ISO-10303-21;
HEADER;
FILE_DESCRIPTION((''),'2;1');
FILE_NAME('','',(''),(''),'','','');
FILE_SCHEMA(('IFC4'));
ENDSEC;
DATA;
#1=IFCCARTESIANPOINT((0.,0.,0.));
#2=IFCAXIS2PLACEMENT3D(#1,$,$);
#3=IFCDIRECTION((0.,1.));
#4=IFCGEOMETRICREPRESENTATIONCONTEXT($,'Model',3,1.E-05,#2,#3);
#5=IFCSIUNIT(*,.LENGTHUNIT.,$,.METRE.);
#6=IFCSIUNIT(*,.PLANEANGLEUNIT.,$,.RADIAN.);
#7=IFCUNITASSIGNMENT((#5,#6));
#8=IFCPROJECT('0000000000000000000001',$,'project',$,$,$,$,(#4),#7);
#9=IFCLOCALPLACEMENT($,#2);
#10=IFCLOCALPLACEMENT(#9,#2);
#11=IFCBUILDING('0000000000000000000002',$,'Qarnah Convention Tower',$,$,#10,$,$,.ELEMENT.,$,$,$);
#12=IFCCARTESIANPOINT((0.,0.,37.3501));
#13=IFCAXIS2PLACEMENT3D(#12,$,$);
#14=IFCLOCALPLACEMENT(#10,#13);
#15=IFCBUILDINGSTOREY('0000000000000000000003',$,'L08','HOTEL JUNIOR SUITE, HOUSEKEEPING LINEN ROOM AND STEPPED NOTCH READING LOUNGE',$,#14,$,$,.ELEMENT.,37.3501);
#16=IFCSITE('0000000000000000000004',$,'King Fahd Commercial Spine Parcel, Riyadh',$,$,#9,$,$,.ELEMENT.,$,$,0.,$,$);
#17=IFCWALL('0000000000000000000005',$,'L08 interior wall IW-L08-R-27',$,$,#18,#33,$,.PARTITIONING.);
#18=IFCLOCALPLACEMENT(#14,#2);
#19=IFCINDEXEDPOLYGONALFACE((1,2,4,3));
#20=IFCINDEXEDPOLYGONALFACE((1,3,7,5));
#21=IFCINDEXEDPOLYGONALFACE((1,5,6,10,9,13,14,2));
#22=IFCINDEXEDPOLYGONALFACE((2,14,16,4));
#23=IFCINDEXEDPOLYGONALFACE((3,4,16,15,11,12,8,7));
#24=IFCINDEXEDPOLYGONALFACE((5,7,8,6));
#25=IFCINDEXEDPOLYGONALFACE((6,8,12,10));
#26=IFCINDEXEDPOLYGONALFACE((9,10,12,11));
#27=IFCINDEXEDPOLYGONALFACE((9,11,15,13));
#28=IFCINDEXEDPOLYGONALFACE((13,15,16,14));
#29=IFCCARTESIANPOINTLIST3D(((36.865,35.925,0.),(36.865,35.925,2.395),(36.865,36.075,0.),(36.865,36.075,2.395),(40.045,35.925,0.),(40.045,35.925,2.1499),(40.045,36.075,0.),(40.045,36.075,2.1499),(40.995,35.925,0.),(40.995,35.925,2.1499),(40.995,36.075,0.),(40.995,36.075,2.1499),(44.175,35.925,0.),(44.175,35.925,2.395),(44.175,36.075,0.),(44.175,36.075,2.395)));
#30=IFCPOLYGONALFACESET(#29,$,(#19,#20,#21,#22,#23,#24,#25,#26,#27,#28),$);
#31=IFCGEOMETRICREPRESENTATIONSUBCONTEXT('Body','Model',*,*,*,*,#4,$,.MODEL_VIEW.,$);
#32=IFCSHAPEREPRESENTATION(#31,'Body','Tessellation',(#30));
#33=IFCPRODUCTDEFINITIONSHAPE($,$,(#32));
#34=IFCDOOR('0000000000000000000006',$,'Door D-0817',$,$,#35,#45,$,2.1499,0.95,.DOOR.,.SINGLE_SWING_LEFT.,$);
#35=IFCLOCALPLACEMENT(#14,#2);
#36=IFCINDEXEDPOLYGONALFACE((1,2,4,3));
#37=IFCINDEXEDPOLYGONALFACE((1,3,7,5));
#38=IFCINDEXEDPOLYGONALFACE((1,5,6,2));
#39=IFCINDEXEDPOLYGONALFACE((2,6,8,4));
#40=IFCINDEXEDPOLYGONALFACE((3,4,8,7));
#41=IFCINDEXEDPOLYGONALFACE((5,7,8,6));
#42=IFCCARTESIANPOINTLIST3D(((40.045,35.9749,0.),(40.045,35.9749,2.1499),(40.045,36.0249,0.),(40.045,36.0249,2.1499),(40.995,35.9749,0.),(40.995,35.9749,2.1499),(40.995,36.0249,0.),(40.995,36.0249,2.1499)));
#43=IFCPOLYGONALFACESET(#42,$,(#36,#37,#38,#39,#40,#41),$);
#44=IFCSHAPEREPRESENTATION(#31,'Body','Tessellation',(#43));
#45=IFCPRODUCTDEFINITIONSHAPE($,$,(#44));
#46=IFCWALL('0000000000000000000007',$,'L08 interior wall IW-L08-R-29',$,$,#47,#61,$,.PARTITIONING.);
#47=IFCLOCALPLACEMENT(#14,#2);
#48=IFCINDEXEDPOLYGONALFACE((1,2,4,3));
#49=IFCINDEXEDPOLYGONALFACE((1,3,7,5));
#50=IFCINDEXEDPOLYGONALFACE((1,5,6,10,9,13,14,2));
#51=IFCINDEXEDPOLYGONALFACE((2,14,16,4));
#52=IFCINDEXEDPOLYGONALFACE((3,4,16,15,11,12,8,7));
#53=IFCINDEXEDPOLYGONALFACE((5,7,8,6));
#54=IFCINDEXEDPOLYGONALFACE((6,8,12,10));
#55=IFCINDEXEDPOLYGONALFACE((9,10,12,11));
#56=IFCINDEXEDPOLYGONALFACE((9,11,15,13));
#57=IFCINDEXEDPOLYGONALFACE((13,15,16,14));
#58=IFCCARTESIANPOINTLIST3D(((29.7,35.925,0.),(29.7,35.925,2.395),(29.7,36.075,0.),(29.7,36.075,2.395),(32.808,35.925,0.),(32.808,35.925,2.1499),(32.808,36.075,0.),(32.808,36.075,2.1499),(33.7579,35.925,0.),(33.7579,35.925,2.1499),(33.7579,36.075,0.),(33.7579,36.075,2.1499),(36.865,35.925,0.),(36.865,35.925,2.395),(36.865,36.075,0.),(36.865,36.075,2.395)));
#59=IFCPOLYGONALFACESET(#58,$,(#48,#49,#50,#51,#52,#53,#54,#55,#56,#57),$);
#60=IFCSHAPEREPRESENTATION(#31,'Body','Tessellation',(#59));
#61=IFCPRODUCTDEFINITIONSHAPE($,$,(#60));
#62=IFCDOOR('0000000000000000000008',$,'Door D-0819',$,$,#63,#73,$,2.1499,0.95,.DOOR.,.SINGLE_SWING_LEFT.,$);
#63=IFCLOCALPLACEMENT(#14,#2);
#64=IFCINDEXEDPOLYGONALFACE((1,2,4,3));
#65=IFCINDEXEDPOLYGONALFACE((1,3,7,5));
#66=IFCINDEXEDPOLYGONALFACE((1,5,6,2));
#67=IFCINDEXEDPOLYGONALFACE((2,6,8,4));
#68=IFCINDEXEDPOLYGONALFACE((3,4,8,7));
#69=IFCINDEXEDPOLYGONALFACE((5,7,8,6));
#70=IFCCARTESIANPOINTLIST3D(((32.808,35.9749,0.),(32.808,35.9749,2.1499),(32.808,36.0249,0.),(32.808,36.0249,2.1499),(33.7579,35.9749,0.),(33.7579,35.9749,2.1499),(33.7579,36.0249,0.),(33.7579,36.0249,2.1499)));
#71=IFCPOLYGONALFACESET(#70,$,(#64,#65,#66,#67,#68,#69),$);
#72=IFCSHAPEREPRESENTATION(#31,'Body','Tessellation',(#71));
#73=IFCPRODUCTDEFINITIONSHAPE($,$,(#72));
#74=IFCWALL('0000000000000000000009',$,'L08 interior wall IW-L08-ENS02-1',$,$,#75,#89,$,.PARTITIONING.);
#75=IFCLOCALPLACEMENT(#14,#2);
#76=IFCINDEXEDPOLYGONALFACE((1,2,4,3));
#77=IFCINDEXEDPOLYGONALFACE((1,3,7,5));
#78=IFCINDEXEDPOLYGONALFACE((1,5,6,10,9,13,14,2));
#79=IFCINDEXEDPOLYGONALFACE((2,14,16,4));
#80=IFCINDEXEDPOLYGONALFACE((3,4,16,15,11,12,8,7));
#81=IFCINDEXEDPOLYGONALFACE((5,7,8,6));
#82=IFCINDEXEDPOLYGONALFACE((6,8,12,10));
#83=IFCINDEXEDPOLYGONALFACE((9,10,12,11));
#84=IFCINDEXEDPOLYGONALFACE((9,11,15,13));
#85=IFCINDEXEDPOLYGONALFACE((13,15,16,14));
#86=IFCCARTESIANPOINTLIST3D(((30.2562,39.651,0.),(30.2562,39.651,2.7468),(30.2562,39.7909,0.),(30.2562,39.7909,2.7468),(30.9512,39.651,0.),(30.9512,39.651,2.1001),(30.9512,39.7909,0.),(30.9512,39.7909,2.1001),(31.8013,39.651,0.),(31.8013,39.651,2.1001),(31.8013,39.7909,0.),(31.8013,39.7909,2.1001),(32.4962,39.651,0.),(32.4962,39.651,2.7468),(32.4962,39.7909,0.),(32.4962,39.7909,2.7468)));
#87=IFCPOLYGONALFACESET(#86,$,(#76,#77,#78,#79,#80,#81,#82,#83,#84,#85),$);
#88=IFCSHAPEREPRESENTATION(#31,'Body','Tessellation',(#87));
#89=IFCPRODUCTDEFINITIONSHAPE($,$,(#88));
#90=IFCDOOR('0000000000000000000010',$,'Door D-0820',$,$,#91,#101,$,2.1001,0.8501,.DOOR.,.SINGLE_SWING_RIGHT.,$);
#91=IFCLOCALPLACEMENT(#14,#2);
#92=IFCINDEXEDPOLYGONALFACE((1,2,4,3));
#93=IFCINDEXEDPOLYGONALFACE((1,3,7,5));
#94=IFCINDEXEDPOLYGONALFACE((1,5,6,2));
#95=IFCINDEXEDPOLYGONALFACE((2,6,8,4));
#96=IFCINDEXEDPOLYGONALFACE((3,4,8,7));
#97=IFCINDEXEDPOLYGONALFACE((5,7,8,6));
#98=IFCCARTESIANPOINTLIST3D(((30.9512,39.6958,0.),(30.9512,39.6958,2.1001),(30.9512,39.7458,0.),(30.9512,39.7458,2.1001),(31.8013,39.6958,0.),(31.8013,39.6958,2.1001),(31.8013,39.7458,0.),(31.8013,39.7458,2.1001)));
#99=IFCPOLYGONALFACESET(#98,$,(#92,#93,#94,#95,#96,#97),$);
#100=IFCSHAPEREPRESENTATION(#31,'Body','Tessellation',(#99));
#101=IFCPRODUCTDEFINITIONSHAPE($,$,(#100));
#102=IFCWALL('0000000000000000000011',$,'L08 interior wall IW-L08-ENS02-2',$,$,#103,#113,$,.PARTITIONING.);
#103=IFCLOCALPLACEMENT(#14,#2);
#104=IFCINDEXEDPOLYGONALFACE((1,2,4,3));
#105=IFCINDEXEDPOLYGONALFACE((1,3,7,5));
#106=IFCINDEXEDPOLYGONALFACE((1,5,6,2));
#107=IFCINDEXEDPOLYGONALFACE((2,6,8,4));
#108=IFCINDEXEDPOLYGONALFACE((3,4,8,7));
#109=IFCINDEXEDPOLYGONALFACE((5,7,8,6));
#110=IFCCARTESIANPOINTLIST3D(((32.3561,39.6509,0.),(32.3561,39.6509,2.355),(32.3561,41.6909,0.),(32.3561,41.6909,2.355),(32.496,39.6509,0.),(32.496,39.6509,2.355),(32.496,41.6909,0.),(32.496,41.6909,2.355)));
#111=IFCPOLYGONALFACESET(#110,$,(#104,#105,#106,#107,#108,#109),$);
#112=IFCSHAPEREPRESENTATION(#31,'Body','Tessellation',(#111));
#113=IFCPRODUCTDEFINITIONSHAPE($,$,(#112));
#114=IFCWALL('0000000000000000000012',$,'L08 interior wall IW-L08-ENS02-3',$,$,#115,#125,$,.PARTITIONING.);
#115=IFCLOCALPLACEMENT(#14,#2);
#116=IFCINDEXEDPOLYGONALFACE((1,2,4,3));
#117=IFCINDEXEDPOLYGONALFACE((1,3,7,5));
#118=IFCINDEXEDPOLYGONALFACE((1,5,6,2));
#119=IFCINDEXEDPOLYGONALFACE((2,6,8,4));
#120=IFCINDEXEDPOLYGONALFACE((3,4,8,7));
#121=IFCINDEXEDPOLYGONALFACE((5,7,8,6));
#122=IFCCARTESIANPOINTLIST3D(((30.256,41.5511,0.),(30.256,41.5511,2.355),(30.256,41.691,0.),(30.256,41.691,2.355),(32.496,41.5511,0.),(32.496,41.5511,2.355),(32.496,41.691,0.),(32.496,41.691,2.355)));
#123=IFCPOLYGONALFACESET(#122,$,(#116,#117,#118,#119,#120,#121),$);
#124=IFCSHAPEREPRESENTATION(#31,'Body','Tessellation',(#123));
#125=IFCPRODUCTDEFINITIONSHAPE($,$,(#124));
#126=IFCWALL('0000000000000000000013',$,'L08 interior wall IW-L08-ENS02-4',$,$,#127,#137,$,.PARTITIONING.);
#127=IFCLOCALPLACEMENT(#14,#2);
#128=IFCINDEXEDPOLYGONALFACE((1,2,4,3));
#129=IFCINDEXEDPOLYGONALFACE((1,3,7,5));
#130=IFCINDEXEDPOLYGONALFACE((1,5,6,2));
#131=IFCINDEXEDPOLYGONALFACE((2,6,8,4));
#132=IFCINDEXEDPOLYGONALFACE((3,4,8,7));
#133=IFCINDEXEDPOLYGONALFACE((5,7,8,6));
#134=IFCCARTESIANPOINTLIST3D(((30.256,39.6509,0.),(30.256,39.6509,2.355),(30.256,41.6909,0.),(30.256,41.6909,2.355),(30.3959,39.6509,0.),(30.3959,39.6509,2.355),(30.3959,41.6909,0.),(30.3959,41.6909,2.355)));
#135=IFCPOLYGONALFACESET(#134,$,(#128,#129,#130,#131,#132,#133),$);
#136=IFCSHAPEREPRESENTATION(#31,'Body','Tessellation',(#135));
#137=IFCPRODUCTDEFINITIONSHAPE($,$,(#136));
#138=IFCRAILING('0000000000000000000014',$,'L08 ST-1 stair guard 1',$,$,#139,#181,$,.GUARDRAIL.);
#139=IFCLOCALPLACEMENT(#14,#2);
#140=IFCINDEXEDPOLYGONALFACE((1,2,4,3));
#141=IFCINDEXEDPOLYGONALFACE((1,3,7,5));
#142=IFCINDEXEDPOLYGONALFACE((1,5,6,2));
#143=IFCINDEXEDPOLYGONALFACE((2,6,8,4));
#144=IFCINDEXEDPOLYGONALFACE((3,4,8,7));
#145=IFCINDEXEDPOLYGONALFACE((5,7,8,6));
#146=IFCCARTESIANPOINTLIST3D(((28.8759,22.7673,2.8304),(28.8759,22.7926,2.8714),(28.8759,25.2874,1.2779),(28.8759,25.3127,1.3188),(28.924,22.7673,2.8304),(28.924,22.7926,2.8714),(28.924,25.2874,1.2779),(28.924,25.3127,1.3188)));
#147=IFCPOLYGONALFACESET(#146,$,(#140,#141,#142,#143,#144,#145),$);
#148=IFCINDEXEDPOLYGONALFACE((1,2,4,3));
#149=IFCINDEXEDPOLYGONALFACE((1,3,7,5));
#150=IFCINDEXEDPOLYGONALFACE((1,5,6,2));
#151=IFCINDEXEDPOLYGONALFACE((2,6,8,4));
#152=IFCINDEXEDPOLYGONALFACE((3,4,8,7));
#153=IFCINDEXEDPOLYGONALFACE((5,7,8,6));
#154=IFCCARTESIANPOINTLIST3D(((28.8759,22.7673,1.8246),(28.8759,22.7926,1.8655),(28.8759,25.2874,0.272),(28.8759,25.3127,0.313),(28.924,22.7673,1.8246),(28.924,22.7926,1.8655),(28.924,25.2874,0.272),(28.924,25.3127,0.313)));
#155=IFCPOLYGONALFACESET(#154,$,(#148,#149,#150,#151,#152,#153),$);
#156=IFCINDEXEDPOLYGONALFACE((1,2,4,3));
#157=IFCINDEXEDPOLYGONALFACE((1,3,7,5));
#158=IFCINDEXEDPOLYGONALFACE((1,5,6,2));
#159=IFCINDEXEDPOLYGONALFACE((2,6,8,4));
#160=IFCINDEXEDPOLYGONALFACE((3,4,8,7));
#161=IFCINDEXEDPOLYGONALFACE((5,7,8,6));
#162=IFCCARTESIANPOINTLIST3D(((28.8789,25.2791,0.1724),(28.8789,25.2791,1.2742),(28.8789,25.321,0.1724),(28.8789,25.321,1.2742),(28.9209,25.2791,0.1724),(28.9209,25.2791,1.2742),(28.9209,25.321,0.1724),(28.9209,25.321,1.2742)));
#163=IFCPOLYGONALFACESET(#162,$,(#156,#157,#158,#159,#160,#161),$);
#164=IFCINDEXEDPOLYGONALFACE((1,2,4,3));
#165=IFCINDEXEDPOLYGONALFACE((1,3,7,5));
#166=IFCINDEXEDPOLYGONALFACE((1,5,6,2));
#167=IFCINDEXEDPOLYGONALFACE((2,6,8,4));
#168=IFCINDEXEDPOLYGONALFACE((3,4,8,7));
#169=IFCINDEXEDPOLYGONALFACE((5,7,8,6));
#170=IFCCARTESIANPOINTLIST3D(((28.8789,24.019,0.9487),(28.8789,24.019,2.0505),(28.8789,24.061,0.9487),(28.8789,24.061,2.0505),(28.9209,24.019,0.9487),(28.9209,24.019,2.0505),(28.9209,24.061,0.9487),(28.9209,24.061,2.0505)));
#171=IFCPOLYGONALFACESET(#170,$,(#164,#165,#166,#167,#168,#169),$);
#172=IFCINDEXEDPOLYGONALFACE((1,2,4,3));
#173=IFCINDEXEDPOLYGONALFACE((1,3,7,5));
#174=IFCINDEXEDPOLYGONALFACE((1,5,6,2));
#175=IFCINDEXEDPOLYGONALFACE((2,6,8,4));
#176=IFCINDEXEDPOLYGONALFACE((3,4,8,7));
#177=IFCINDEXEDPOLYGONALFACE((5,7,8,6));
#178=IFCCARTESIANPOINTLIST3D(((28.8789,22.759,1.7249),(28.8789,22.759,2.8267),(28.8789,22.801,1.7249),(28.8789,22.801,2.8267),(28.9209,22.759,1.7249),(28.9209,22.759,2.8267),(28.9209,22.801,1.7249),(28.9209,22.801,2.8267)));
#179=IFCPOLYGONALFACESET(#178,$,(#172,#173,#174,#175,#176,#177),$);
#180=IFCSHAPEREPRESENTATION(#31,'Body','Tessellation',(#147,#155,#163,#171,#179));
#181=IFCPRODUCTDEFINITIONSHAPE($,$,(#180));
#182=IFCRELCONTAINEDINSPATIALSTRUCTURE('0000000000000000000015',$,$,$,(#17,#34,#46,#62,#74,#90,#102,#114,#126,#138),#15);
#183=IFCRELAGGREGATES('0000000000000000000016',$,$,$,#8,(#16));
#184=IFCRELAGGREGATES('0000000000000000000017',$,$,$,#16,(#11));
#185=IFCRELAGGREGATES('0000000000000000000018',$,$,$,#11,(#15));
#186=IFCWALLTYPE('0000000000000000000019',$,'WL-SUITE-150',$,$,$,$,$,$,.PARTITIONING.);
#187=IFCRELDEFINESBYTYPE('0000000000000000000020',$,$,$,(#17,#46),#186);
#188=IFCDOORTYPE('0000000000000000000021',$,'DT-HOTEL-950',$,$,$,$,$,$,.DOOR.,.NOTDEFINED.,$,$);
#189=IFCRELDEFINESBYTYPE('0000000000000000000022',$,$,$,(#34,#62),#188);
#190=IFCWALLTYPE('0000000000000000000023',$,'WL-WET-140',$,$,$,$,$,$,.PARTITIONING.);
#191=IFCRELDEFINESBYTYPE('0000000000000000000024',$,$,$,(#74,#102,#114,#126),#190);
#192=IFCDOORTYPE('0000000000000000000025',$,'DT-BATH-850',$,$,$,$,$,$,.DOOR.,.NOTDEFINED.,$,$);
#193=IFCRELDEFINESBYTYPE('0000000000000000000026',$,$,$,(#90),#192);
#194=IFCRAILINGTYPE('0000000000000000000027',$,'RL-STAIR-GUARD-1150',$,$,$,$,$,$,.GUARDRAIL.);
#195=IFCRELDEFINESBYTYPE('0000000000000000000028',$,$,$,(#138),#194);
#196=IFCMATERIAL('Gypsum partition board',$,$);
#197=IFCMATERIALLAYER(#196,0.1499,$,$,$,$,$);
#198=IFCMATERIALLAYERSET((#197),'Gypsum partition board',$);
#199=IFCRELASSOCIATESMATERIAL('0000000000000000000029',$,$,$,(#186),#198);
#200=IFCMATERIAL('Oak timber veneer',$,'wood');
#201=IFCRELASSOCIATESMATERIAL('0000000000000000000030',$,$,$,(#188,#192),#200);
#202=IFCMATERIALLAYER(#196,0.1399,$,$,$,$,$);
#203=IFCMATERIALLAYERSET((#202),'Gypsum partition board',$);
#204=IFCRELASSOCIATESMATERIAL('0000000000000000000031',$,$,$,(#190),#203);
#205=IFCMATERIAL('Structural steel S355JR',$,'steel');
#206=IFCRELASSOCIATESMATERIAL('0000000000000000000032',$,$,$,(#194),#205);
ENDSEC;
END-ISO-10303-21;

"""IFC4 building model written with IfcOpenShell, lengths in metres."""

from ifc_helpers import new_model, si_unit, direction, frame, frame_2d, origin, origin_2d, place, context, subcontext, project, spatial, rectangle, extrude, material, layer, layer_set, type_object, element, fill, save


model = new_model("IFC4")

# Units and contexts
model_context = context("Model", 3, precision=1e-05, world=origin(), true_north=direction((0.0, 1.0)))
body_context = subcontext(model_context, "Body", "Model", "MODEL_VIEW")
ifc_project = project(units=[si_unit("LENGTHUNIT", "METRE"), si_unit("PLANEANGLEUNIT", "RADIAN")], contexts=[model_context])

# Site, building, storey
site_placement = place(None, origin())
site = spatial("IfcSite", under=ifc_project, at=site_placement, Name="King Fahd Commercial Spine Parcel, Riyadh", CompositionType="ELEMENT", RefElevation=0.0)
building_placement = place(site_placement, origin())
building = spatial("IfcBuilding", under=site, at=building_placement, Name="Qarnah Convention Tower", CompositionType="ELEMENT")
storey_placement = place(building_placement, frame((0.0, 0.0, 37.3501)))
storey = spatial("IfcBuildingStorey", under=building, at=storey_placement, Name="L08", Description="HOTEL JUNIOR SUITE, HOUSEKEEPING LINEN ROOM AND STEPPED NOTCH READING LOUNGE", CompositionType="ELEMENT", Elevation=37.3501)

# Shared definitions
ifc_material_1 = material(Name="Structural steel S355JR", Category="steel")

# Shared definitions
ifc_material_2 = material(Name="Gypsum partition board")
ifc_layer_1 = layer(ifc_material_2, 0.1499)
ifc_layer_set_1 = layer_set([ifc_layer_1], Name="Gypsum partition board")
wall_type_1 = type_object("IfcWallType", Name="WL-SUITE-150", PredefinedType="PARTITIONING", material=ifc_layer_set_1)

# Walls, openings, doors
wall_1_placement = place(storey_placement, frame((36.865, 36.0, 0.0), z_axis=(0.0, 0.0, 1.0), x_axis=(1.0, 0.0, 0.0)))
wall_1 = element("IfcWall", 1, at=wall_1_placement, inside=storey, type_object=wall_type_1, Name="L08 interior wall IW-L08-R-27", PredefinedType="PARTITIONING", context=body_context, shape_type="SweptSolid", body=[
    extrude(rectangle(XDim=7.3101, YDim=0.1499, at=frame_2d((3.655, 0.0))), origin(), (0.0, 0.0, 1.0), 2.395),
])
opening_1_placement = place(wall_1_placement, frame((3.1799, 0.0, 0.0)))
opening_1 = element("IfcOpeningElement", 2, at=opening_1_placement, cuts=wall_1, PredefinedType="OPENING", context=body_context, shape_type="SweptSolid", body=[
    extrude(rectangle(XDim=0.95, YDim=2.1499, at=frame_2d((0.4751, 1.075))), frame((0.0, 0.085, 0.0), z_axis=(0.0, -1.0, 0.0), x_axis=(1.0, 0.0, 0.0)), (0.0, 0.0, 1.0), 0.1699),
])
ifc_material_3 = material(Name="Oak timber veneer", Category="wood")
door_type_1 = type_object("IfcDoorType", Name="DT-HOTEL-950", OperationType="NOTDEFINED", PredefinedType="DOOR", material=ifc_material_3)
door_1_placement = place(opening_1_placement, origin())
door_1 = element("IfcDoor", 3, at=door_1_placement, inside=storey, type_object=door_type_1, Name="Door D-0817", OperationType="SINGLE_SWING_LEFT", OverallHeight=2.1499, OverallWidth=0.95, PredefinedType="DOOR", context=body_context, shape_type="SweptSolid", body=[
    extrude(rectangle(XDim=0.95, YDim=2.1499, at=frame_2d((0.4751, 1.075))), frame((0.0, 0.0249, 0.0), z_axis=(0.0, -1.0, 0.0), x_axis=(1.0, 0.0, 0.0)), (0.0, 0.0, 1.0), 0.05),
])
fill(opening_1, door_1)
wall_2_placement = place(storey_placement, frame((29.7, 36.0, 0.0), z_axis=(0.0, 0.0, 1.0), x_axis=(1.0, 0.0, 0.0)))
wall_2 = element("IfcWall", 4, at=wall_2_placement, inside=storey, type_object=wall_type_1, Name="L08 interior wall IW-L08-R-29", PredefinedType="PARTITIONING", context=body_context, shape_type="SweptSolid", body=[
    extrude(rectangle(XDim=7.165, YDim=0.1499, at=frame_2d((3.5825, 0.0))), origin(), (0.0, 0.0, 1.0), 2.395),
])
opening_2_placement = place(wall_2_placement, frame((3.1079, 0.0, 0.0)))
opening_2 = element("IfcOpeningElement", 5, at=opening_2_placement, cuts=wall_2, PredefinedType="OPENING", context=body_context, shape_type="SweptSolid", body=[
    extrude(rectangle(XDim=0.95, YDim=2.1499, at=frame_2d((0.4751, 1.075))), frame((0.0, 0.085, 0.0), z_axis=(0.0, -1.0, 0.0), x_axis=(1.0, 0.0, 0.0)), (0.0, 0.0, 1.0), 0.1699),
])
door_2_placement = place(opening_2_placement, origin())
door_2 = element("IfcDoor", 6, at=door_2_placement, inside=storey, type_object=door_type_1, Name="Door D-0819", OperationType="SINGLE_SWING_LEFT", OverallHeight=2.1499, OverallWidth=0.95, PredefinedType="DOOR", context=body_context, shape_type="SweptSolid", body=[
    extrude(rectangle(XDim=0.95, YDim=2.1499, at=frame_2d((0.4751, 1.075))), frame((0.0, 0.0249, 0.0), z_axis=(0.0, -1.0, 0.0), x_axis=(1.0, 0.0, 0.0)), (0.0, 0.0, 1.0), 0.05),
])
fill(opening_2, door_2)
ifc_layer_2 = layer(ifc_material_2, 0.1399)
ifc_layer_set_2 = layer_set([ifc_layer_2], Name="Gypsum partition board")
wall_type_2 = type_object("IfcWallType", Name="WL-WET-140", PredefinedType="PARTITIONING", material=ifc_layer_set_2)
wall_3_placement = place(storey_placement, frame((30.2561, 39.7209, 0.0), z_axis=(0.0, 0.0, 1.0), x_axis=(1.0, 0.0, 0.0)))
wall_3 = element("IfcWall", 7, at=wall_3_placement, inside=storey, type_object=wall_type_2, Name="L08 interior wall IW-L08-ENS02-1", PredefinedType="PARTITIONING", context=body_context, shape_type="SweptSolid", body=[
    extrude(rectangle(XDim=2.24, YDim=0.1399, at=frame_2d((1.1201, 0.0))), origin(), (0.0, 0.0, 1.0), 2.7468),
])
opening_3_placement = place(wall_3_placement, frame((0.6951, 0.0, 0.0)))
opening_3 = element("IfcOpeningElement", 8, at=opening_3_placement, cuts=wall_3, PredefinedType="OPENING", context=body_context, shape_type="SweptSolid", body=[
    extrude(rectangle(XDim=0.8501, YDim=2.1001, at=frame_2d((0.425, 1.05))), frame((0.0, 0.0798, 0.0), z_axis=(0.0, -1.0, 0.0), x_axis=(1.0, 0.0, 0.0)), (0.0, 0.0, 1.0), 0.1599),
])
door_type_2 = type_object("IfcDoorType", Name="DT-BATH-850", OperationType="NOTDEFINED", PredefinedType="DOOR", material=ifc_material_3)
door_3_placement = place(opening_3_placement, origin())
door_3 = element("IfcDoor", 9, at=door_3_placement, inside=storey, type_object=door_type_2, Name="Door D-0820", OperationType="SINGLE_SWING_RIGHT", OverallHeight=2.1001, OverallWidth=0.8501, PredefinedType="DOOR", context=body_context, shape_type="SweptSolid", body=[
    extrude(rectangle(XDim=0.8501, YDim=2.1001, at=frame_2d((0.425, 1.05))), frame((0.0, 0.0249, 0.0), z_axis=(0.0, -1.0, 0.0), x_axis=(1.0, 0.0, 0.0)), (0.0, 0.0, 1.0), 0.05),
])
fill(opening_3, door_3)

# Walls
wall_4_placement = place(storey_placement, frame((32.426, 39.6509, 0.0), z_axis=(0.0, 0.0, 1.0), x_axis=(0.0, 1.0, 0.0)))
element("IfcWall", 10, at=wall_4_placement, inside=storey, type_object=wall_type_2, Name="L08 interior wall IW-L08-ENS02-2", PredefinedType="PARTITIONING", context=body_context, shape_type="SweptSolid", body=[
    extrude(rectangle(XDim=2.04, YDim=0.1399, at=frame_2d((1.02, 0.0))), origin(), (0.0, 0.0, 1.0), 2.355),
])
wall_5_placement = place(storey_placement, frame((32.4961, 41.6211, 0.0), z_axis=(0.0, 0.0, 1.0), x_axis=(-1.0, 0.0, 0.0)))
element("IfcWall", 11, at=wall_5_placement, inside=storey, type_object=wall_type_2, Name="L08 interior wall IW-L08-ENS02-3", PredefinedType="PARTITIONING", context=body_context, shape_type="SweptSolid", body=[
    extrude(rectangle(XDim=2.24, YDim=0.1399, at=frame_2d((1.1201, 0.0))), origin(), (0.0, 0.0, 1.0), 2.355),
])
wall_6_placement = place(storey_placement, frame((30.3259, 41.6909, 0.0), z_axis=(0.0, 0.0, 1.0), x_axis=(0.0, -1.0, 0.0)))
element("IfcWall", 12, at=wall_6_placement, inside=storey, type_object=wall_type_2, Name="L08 interior wall IW-L08-ENS02-4", PredefinedType="PARTITIONING", context=body_context, shape_type="SweptSolid", body=[
    extrude(rectangle(XDim=2.04, YDim=0.1399, at=frame_2d((1.02, 0.0))), origin(), (0.0, 0.0, 1.0), 2.355),
])

# Railing
railing_type = type_object("IfcRailingType", Name="RL-STAIR-GUARD-1150", PredefinedType="GUARDRAIL", material=ifc_material_1)
railing_1_placement = place(storey_placement, frame((28.8999, 25.3, 0.1724)))
element("IfcRailing", 13, at=railing_1_placement, inside=storey, type_object=railing_type, Name="L08 ST-1 stair guard 1", PredefinedType="GUARDRAIL", context=body_context, shape_type="SweptSolid", body=[
    extrude(rectangle(XDim=0.0481, YDim=0.0481, at=origin_2d()), frame((0.0, 0.0, 1.126), z_axis=(0.0, -0.8514, 0.524516), x_axis=(1.0, 0.0, 0.0)), (0.0, 0.0, 1.0), 2.96),
    extrude(rectangle(XDim=0.0481, YDim=0.0481, at=origin_2d()), frame((0.0, 0.0, 0.1201), z_axis=(0.0, -0.8514, 0.524516), x_axis=(1.0, 0.0, 0.0)), (0.0, 0.0, 1.0), 2.96),
    extrude(rectangle(XDim=0.042, YDim=0.042, at=origin_2d()), origin(), (0.0, 0.0, 1.0), 1.1018),
    extrude(rectangle(XDim=0.042, YDim=0.042, at=origin_2d()), frame((0.0, -1.26, 0.7764)), (0.0, 0.0, 1.0), 1.1018),
    extrude(rectangle(XDim=0.042, YDim=0.042, at=origin_2d()), frame((0.0, -2.52, 1.5525)), (0.0, 0.0, 1.0), 1.1018),
])

save(model, "model.ifc")
